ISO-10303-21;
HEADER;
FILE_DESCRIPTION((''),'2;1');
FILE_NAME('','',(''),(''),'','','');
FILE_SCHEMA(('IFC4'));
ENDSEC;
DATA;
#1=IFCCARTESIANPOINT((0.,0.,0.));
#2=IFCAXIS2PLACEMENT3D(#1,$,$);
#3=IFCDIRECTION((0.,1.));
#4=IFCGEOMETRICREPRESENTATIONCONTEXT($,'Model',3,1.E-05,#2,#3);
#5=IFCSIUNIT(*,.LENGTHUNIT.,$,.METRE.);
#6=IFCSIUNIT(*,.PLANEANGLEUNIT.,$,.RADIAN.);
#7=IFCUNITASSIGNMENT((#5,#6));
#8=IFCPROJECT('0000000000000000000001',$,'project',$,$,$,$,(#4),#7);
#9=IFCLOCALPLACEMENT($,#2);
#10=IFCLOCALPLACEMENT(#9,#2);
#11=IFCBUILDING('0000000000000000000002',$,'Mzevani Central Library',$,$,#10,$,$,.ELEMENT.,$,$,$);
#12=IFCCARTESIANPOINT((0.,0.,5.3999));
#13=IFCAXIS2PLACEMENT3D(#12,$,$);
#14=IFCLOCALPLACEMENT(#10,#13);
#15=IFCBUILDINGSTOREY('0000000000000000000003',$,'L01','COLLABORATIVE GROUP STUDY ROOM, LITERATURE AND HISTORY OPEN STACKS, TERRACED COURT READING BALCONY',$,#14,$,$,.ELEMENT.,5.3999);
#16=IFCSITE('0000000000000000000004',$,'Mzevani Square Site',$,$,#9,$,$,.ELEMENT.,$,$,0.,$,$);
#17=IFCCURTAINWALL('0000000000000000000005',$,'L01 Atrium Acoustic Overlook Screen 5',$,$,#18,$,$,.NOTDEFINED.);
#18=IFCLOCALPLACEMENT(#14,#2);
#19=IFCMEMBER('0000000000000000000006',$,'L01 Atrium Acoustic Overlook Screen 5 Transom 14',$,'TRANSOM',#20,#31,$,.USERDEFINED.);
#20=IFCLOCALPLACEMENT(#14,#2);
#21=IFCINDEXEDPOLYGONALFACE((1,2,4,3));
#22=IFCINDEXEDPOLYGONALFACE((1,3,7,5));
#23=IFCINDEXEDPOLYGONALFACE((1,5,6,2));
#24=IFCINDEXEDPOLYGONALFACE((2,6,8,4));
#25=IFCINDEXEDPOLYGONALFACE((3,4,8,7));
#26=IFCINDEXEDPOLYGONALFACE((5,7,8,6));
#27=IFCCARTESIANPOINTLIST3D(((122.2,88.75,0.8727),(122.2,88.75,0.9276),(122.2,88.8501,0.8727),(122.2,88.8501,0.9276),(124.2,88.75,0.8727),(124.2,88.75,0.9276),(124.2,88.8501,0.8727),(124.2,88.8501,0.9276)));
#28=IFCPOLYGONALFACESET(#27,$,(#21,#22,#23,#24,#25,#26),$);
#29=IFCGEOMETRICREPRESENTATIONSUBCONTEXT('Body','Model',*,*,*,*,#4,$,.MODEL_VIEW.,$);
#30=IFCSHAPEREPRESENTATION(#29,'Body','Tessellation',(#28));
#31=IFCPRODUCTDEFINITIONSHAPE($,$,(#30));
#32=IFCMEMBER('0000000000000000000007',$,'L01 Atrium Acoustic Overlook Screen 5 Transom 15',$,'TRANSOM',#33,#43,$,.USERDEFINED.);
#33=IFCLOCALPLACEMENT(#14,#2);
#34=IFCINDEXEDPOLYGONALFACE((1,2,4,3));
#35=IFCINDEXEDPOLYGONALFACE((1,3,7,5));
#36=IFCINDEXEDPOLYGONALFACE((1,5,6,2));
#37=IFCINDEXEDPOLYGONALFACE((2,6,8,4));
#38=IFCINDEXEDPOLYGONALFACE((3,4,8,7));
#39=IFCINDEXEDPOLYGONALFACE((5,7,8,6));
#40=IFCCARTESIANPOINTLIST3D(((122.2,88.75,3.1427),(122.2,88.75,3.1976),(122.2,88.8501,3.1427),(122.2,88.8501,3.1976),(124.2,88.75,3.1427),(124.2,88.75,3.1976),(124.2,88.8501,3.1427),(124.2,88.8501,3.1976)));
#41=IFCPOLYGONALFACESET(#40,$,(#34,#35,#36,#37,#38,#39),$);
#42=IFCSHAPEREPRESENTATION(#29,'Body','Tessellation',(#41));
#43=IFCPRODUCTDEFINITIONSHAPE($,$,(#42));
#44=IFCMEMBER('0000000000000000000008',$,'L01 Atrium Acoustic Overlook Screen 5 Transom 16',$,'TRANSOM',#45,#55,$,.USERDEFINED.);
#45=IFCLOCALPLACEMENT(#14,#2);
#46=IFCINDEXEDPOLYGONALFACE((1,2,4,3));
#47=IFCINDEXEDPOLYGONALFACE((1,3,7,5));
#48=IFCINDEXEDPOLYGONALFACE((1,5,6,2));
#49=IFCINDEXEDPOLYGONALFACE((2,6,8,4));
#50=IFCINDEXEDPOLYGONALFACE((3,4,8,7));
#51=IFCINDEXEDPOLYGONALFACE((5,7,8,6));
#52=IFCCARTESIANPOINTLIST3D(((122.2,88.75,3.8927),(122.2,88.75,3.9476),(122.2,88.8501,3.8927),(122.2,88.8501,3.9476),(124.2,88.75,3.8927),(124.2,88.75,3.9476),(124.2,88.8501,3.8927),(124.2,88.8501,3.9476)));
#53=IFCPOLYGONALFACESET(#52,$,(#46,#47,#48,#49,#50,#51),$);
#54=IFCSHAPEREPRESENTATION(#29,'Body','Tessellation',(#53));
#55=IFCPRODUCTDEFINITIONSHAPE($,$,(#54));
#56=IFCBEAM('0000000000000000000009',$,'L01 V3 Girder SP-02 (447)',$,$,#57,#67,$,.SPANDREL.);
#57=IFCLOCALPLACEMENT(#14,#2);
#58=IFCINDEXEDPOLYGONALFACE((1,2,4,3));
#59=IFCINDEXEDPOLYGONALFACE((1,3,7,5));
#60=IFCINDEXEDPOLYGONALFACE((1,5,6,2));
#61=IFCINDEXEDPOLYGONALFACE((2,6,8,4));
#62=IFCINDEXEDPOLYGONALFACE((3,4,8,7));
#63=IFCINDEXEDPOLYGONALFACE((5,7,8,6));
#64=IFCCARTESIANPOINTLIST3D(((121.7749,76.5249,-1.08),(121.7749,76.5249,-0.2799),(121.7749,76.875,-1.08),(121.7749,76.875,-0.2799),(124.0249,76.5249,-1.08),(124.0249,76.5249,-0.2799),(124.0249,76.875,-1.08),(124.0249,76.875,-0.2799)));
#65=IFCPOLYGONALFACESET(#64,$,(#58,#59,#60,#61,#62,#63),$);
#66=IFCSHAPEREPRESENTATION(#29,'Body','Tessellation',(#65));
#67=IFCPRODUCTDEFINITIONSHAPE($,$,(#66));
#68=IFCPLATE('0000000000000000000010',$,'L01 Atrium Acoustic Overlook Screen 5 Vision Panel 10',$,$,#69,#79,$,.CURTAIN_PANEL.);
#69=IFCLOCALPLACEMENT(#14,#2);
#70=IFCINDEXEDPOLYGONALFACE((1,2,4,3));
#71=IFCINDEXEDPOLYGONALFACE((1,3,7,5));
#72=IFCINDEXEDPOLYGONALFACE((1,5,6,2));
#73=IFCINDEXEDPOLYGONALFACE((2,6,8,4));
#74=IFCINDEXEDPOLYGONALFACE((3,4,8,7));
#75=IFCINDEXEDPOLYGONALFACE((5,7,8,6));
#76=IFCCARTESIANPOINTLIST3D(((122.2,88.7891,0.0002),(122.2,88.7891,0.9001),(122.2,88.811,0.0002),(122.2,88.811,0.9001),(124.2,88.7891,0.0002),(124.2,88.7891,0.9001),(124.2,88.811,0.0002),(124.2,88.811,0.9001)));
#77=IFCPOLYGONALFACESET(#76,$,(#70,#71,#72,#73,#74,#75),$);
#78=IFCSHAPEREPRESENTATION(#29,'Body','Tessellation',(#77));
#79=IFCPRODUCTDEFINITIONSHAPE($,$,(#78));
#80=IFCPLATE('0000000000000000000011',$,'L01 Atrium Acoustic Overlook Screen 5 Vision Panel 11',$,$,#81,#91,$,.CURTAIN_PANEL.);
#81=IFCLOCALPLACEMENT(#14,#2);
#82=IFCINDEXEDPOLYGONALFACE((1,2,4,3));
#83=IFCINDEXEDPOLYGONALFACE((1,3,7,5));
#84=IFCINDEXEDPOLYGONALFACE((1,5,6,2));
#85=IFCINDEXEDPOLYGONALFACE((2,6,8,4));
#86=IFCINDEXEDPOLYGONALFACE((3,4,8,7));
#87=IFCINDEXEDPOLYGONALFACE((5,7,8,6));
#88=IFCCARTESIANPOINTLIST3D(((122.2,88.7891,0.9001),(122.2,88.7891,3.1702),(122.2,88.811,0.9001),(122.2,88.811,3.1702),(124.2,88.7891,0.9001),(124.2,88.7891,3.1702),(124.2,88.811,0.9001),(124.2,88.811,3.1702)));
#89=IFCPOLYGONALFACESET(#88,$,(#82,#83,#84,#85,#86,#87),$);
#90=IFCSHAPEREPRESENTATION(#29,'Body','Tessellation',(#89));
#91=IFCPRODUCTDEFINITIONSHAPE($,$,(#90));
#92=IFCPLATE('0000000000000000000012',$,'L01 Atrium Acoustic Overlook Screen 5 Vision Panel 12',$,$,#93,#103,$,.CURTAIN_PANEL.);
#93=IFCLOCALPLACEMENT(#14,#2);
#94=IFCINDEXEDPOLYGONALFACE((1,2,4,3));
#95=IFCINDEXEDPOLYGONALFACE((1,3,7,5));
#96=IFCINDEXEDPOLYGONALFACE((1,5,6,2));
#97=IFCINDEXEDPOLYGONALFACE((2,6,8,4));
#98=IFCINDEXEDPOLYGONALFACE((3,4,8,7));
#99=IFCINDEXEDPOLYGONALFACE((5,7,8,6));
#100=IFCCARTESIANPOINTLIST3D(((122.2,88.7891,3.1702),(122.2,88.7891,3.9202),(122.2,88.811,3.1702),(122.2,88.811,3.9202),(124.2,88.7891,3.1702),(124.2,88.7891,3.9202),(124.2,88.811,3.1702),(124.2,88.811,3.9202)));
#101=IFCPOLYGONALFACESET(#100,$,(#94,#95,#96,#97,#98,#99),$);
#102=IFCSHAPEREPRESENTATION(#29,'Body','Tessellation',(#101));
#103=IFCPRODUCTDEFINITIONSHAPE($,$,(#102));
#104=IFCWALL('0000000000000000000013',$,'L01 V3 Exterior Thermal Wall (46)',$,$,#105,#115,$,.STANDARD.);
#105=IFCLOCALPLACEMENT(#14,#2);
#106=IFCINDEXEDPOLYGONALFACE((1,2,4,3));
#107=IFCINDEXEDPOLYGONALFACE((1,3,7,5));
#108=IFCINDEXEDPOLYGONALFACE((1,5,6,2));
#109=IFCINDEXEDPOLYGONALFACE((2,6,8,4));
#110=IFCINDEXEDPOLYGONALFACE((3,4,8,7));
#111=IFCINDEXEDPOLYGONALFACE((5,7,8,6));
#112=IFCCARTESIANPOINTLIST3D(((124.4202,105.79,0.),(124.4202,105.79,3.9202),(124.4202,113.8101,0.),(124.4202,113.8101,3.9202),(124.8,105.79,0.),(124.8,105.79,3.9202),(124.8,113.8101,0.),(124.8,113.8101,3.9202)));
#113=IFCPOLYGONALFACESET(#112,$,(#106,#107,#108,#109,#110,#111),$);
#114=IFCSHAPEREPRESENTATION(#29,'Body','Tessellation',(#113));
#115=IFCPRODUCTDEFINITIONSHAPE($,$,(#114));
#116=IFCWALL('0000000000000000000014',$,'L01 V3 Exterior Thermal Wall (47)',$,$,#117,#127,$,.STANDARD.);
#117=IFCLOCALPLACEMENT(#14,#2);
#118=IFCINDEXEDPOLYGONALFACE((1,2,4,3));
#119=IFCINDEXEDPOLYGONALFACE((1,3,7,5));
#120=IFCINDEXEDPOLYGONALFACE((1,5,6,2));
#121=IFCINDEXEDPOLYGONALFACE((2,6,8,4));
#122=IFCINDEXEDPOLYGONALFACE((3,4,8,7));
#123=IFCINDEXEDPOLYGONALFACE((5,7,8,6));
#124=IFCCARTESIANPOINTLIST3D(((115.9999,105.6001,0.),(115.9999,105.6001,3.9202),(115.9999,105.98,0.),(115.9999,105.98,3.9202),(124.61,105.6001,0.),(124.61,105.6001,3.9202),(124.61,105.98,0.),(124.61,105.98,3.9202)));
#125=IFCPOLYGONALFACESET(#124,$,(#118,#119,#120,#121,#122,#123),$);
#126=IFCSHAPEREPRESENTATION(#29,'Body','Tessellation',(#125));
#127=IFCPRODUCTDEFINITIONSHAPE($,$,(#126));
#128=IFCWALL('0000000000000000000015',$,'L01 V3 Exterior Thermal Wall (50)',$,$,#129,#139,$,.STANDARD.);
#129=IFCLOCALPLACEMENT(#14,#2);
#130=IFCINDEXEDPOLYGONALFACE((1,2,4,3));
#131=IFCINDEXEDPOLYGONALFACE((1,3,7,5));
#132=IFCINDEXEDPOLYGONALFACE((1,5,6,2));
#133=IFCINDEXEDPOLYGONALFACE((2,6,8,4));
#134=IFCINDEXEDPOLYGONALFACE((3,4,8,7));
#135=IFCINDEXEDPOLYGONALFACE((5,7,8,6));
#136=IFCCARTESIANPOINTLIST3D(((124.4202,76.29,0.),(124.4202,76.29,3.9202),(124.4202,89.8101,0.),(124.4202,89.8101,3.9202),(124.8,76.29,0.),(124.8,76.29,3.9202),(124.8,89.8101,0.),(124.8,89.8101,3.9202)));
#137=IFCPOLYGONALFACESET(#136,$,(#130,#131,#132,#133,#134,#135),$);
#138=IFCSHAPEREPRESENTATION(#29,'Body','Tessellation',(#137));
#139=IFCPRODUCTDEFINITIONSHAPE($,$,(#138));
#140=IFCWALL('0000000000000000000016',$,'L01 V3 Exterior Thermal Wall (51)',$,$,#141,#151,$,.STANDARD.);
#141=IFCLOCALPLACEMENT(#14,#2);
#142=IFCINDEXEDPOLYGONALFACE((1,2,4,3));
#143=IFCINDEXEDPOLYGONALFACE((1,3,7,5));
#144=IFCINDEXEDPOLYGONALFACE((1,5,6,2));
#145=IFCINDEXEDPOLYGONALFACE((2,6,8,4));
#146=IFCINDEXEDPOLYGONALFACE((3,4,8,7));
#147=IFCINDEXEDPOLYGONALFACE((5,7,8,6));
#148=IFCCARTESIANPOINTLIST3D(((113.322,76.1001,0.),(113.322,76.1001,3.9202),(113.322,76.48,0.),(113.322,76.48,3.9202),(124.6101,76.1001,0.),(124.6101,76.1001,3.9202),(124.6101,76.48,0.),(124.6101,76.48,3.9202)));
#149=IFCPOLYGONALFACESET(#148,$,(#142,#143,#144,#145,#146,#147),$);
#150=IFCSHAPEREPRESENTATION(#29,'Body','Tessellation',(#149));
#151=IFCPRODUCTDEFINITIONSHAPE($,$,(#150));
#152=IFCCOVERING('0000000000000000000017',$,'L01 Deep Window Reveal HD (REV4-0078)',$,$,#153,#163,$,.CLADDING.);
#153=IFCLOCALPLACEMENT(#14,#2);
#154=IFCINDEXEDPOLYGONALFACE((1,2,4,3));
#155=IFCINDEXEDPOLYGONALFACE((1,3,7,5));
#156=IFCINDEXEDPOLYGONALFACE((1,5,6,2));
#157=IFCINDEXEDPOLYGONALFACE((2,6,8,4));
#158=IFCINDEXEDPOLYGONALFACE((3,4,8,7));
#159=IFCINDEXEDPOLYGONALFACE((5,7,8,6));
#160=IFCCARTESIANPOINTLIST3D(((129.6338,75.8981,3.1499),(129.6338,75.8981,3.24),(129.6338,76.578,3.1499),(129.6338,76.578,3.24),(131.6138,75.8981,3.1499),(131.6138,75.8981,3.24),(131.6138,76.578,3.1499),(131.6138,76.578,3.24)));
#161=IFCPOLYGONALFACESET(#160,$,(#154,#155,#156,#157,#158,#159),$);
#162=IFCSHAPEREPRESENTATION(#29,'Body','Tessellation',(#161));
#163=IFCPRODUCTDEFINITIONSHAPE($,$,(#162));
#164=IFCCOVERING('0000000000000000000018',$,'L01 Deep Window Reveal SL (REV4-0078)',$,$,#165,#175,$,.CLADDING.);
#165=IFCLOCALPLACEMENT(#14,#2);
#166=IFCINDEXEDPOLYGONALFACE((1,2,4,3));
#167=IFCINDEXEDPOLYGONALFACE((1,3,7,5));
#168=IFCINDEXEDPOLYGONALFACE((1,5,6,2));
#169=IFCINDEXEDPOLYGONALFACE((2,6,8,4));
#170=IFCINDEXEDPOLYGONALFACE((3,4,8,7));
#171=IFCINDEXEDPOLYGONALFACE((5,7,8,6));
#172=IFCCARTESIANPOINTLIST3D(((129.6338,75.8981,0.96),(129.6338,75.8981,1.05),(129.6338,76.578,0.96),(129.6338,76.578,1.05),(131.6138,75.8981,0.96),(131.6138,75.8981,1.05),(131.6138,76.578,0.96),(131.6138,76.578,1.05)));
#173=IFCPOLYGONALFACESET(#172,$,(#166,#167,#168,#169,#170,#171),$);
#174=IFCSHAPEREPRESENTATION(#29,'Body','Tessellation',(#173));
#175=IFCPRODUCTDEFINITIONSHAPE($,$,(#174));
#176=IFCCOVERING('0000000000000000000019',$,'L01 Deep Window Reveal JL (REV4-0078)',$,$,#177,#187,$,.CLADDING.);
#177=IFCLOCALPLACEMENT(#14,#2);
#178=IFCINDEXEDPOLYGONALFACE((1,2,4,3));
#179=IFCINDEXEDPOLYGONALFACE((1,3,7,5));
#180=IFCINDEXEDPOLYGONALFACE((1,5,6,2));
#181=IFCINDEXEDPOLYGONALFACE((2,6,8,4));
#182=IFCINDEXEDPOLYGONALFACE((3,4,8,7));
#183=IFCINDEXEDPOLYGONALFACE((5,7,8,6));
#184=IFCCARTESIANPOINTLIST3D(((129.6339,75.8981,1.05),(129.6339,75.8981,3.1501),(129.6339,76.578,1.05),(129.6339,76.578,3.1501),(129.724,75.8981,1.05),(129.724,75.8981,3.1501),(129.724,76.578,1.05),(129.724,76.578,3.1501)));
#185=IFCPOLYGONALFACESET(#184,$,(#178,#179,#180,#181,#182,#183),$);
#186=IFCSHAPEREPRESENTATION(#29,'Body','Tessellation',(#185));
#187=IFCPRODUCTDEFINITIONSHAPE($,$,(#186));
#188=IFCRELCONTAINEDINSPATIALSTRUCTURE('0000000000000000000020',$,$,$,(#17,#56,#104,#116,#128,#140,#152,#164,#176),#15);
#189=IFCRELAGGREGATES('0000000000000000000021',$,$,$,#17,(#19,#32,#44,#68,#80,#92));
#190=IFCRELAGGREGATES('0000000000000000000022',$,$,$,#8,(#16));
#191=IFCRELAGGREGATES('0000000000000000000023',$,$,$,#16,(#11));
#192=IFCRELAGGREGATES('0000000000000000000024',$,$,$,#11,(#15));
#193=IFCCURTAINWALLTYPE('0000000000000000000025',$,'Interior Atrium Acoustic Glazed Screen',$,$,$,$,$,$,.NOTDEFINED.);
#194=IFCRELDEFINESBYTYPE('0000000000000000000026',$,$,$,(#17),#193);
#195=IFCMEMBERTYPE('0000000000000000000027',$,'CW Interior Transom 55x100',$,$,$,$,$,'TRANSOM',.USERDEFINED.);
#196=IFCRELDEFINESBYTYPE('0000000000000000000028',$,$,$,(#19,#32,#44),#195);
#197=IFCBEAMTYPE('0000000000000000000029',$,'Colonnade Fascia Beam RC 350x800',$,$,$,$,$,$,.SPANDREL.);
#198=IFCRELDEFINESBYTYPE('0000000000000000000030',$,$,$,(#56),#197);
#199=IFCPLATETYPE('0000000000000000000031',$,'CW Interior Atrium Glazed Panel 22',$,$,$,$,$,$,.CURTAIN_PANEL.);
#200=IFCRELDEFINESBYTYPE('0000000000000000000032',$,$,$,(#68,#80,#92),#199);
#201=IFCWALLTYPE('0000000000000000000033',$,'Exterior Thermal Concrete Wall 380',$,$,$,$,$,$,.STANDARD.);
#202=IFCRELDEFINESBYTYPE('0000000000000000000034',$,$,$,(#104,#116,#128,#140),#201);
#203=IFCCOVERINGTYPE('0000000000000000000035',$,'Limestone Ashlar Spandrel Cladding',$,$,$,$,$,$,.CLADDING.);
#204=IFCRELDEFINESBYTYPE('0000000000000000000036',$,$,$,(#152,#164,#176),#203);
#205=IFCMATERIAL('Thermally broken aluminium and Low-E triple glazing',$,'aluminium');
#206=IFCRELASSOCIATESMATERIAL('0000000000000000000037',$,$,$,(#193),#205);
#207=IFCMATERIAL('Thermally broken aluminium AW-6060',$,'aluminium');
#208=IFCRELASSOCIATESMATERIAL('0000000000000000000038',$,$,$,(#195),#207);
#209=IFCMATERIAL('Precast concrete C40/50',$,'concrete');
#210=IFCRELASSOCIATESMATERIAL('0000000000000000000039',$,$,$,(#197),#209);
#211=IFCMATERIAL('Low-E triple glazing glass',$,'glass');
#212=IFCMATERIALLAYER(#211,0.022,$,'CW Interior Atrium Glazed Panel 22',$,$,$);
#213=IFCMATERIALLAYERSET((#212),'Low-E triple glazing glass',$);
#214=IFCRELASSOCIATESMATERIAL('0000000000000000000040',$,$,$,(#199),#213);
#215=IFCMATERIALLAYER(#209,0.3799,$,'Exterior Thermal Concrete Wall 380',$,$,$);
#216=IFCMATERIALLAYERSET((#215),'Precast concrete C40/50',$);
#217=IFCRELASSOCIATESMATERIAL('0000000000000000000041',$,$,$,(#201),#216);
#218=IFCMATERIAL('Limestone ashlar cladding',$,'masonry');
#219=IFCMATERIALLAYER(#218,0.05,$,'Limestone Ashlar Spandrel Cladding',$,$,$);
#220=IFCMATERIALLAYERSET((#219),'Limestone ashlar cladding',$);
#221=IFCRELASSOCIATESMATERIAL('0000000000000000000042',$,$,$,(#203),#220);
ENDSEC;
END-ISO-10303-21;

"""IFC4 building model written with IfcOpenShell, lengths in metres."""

from ifc_helpers import new_model, si_unit, direction, frame, frame_2d, origin, origin_2d, place, context, subcontext, project, spatial, rectangle, extrude, material, layer, layer_set, material_profile, profile_set, type_object, element, aggregate, save


model = new_model("IFC4")

# Units and contexts
model_context = context("Model", 3, precision=1e-05, world=origin(), true_north=direction((0.0, 1.0)))
body_context = subcontext(model_context, "Body", "Model", "MODEL_VIEW")
ifc_project = project(units=[si_unit("LENGTHUNIT", "METRE"), si_unit("PLANEANGLEUNIT", "RADIAN")], contexts=[model_context])

# Site, building, storey
site_placement = place(None, origin())
site = spatial("IfcSite", under=ifc_project, at=site_placement, Name="Mzevani Square Site", CompositionType="ELEMENT", RefElevation=0.0)
building_placement = place(site_placement, origin())
building = spatial("IfcBuilding", under=site, at=building_placement, Name="Mzevani Central Library", CompositionType="ELEMENT")
storey_placement = place(building_placement, frame((0.0, 0.0, 5.3999)))
storey = spatial("IfcBuildingStorey", under=building, at=storey_placement, Name="L01", Description="COLLABORATIVE GROUP STUDY ROOM, LITERATURE AND HISTORY OPEN STACKS, TERRACED COURT READING BALCONY", CompositionType="ELEMENT", Elevation=5.3999)

# Curtain wall, members
ifc_material_1 = material(Name="Thermally broken aluminium and Low-E triple glazing", Category="aluminium")
curtain_wall_type = type_object("IfcCurtainWallType", Name="Interior Atrium Acoustic Glazed Screen", PredefinedType="NOTDEFINED", material=ifc_material_1)
curtain_wall_placement = place(storey_placement, origin())
curtain_wall = element("IfcCurtainWall", 1, at=curtain_wall_placement, inside=storey, type_object=curtain_wall_type, Name="L01 Atrium Acoustic Overlook Screen 5", PredefinedType="NOTDEFINED")
ifc_material_2 = material(Name="Thermally broken aluminium AW-6060", Category="aluminium")
ifc_material_profile_1 = material_profile(ifc_material_2, rectangle(XDim=0.1001, YDim=0.0549, at=origin_2d()), Name="ALU T55x100")
ifc_profile_set_1 = profile_set([ifc_material_profile_1], Name="Thermally broken aluminium AW-6060")
member_type_1 = type_object("IfcMemberType", Name="CW Interior Transom 55x100", ElementType="TRANSOM", PredefinedType="USERDEFINED", material=ifc_profile_set_1)
member_1_placement = place(storey_placement, frame((122.2, 88.8, 0.9001), z_axis=(1.0, 0.0, 0.0), x_axis=(0.0, 1.0, 0.0)))
member_1 = element("IfcMember", 2, at=member_1_placement, type_object=member_type_1, Name="L01 Atrium Acoustic Overlook Screen 5 Transom 14", ObjectType="TRANSOM", PredefinedType="USERDEFINED", context=body_context, shape_type="SweptSolid", body=[
    extrude(rectangle(XDim=0.1001, YDim=0.0549, at=origin_2d()), origin(), (0.0, 0.0, 1.0), 2.0),
])
member_2_placement = place(storey_placement, frame((122.2, 88.8, 3.1702), z_axis=(1.0, 0.0, 0.0), x_axis=(0.0, 1.0, 0.0)))
member_2 = element("IfcMember", 3, at=member_2_placement, type_object=member_type_1, Name="L01 Atrium Acoustic Overlook Screen 5 Transom 15", ObjectType="TRANSOM", PredefinedType="USERDEFINED", context=body_context, shape_type="SweptSolid", body=[
    extrude(rectangle(XDim=0.1001, YDim=0.0549, at=origin_2d()), origin(), (0.0, 0.0, 1.0), 2.0),
])
member_3_placement = place(storey_placement, frame((122.2, 88.8, 3.9202), z_axis=(1.0, 0.0, 0.0), x_axis=(0.0, 1.0, 0.0)))
member_3 = element("IfcMember", 4, at=member_3_placement, type_object=member_type_1, Name="L01 Atrium Acoustic Overlook Screen 5 Transom 16", ObjectType="TRANSOM", PredefinedType="USERDEFINED", context=body_context, shape_type="SweptSolid", body=[
    extrude(rectangle(XDim=0.1001, YDim=0.0549, at=origin_2d()), origin(), (0.0, 0.0, 1.0), 2.0),
])

# Beam
ifc_material_3 = material(Name="Precast concrete C40/50", Category="concrete")
ifc_material_profile_2 = material_profile(ifc_material_3, rectangle(XDim=0.3501, YDim=0.8, at=origin_2d()), Name="RC SP350x800")
ifc_profile_set_2 = profile_set([ifc_material_profile_2], Name="Precast concrete C40/50")
beam_type_1 = type_object("IfcBeamType", Name="Colonnade Fascia Beam RC 350x800", PredefinedType="SPANDREL", material=ifc_profile_set_2)
beam_1_placement = place(storey_placement, frame((121.7749, 76.7, -0.6799), z_axis=(1.0, 0.0, 0.0), x_axis=(0.0, 1.0, 0.0)))
element("IfcBeam", 5, at=beam_1_placement, inside=storey, type_object=beam_type_1, Name="L01 V3 Girder SP-02 (447)", PredefinedType="SPANDREL", context=body_context, shape_type="SweptSolid", body=[
    extrude(rectangle(XDim=0.3501, YDim=0.8, at=origin_2d()), origin(), (0.0, 0.0, 1.0), 2.25),
])

# Plates
ifc_material_4 = material(Name="Low-E triple glazing glass", Category="glass")
ifc_layer_1 = layer(ifc_material_4, 0.022, Name="CW Interior Atrium Glazed Panel 22")
ifc_layer_set_1 = layer_set([ifc_layer_1], Name="Low-E triple glazing glass")
plate_type = type_object("IfcPlateType", Name="CW Interior Atrium Glazed Panel 22", PredefinedType="CURTAIN_PANEL", material=ifc_layer_set_1)
plate_1_placement = place(storey_placement, frame((123.2, 88.8, 0.0002), z_axis=(0.0, 0.0, 1.0), x_axis=(1.0, 0.0, 0.0)))
plate_1 = element("IfcPlate", 6, at=plate_1_placement, type_object=plate_type, Name="L01 Atrium Acoustic Overlook Screen 5 Vision Panel 10", PredefinedType="CURTAIN_PANEL", context=body_context, shape_type="SweptSolid", body=[
    extrude(rectangle(XDim=2.0, YDim=0.022, at=origin_2d()), origin(), (0.0, 0.0, 1.0), 0.8999),
])
plate_2_placement = place(storey_placement, frame((123.2, 88.8, 0.9001), z_axis=(0.0, 0.0, 1.0), x_axis=(1.0, 0.0, 0.0)))
plate_2 = element("IfcPlate", 7, at=plate_2_placement, type_object=plate_type, Name="L01 Atrium Acoustic Overlook Screen 5 Vision Panel 11", PredefinedType="CURTAIN_PANEL", context=body_context, shape_type="SweptSolid", body=[
    extrude(rectangle(XDim=2.0, YDim=0.022, at=origin_2d()), origin(), (0.0, 0.0, 1.0), 2.27),
])
plate_3_placement = place(storey_placement, frame((123.2, 88.8, 3.1702), z_axis=(0.0, 0.0, 1.0), x_axis=(1.0, 0.0, 0.0)))
plate_3 = element("IfcPlate", 8, at=plate_3_placement, type_object=plate_type, Name="L01 Atrium Acoustic Overlook Screen 5 Vision Panel 12", PredefinedType="CURTAIN_PANEL", context=body_context, shape_type="SweptSolid", body=[
    extrude(rectangle(XDim=2.0, YDim=0.022, at=origin_2d()), origin(), (0.0, 0.0, 1.0), 0.75),
])
aggregate(curtain_wall, [member_1, member_2, member_3, plate_1, plate_2, plate_3])

# Walls
ifc_layer_2 = layer(ifc_material_3, 0.3799, Name="Exterior Thermal Concrete Wall 380")
ifc_layer_set_2 = layer_set([ifc_layer_2], Name="Precast concrete C40/50")
wall_type = type_object("IfcWallType", Name="Exterior Thermal Concrete Wall 380", PredefinedType="STANDARD", material=ifc_layer_set_2)
wall_1_placement = place(storey_placement, frame((124.6101, 113.8101, 0.0), z_axis=(0.0, 0.0, 1.0), x_axis=(0.0, -1.0, 0.0)))
element("IfcWall", 9, at=wall_1_placement, inside=storey, type_object=wall_type, Name="L01 V3 Exterior Thermal Wall (46)", PredefinedType="STANDARD", context=body_context, shape_type="SweptSolid", body=[
    extrude(rectangle(XDim=8.02, YDim=0.3799, at=frame_2d((4.01, 0.0))), origin(), (0.0, 0.0, 1.0), 3.9202),
])
wall_2_placement = place(storey_placement, frame((124.6101, 105.79, 0.0), z_axis=(0.0, 0.0, 1.0), x_axis=(-1.0, 0.0, 0.0)))
element("IfcWall", 10, at=wall_2_placement, inside=storey, type_object=wall_type, Name="L01 V3 Exterior Thermal Wall (47)", PredefinedType="STANDARD", context=body_context, shape_type="SweptSolid", body=[
    extrude(rectangle(XDim=8.6101, YDim=0.3799, at=frame_2d((4.3052, 0.0))), origin(), (0.0, 0.0, 1.0), 3.9202),
])
wall_3_placement = place(storey_placement, frame((124.6101, 89.8101, 0.0), z_axis=(0.0, 0.0, 1.0), x_axis=(0.0, -1.0, 0.0)))
element("IfcWall", 11, at=wall_3_placement, inside=storey, type_object=wall_type, Name="L01 V3 Exterior Thermal Wall (50)", PredefinedType="STANDARD", context=body_context, shape_type="SweptSolid", body=[
    extrude(rectangle(XDim=13.52, YDim=0.3799, at=frame_2d((6.76, 0.0))), origin(), (0.0, 0.0, 1.0), 3.9202),
])
wall_4_placement = place(storey_placement, frame((124.6101, 76.29, 0.0), z_axis=(0.0, 0.0, 1.0), x_axis=(-1.0, 0.0, 0.0)))
element("IfcWall", 12, at=wall_4_placement, inside=storey, type_object=wall_type, Name="L01 V3 Exterior Thermal Wall (51)", PredefinedType="STANDARD", context=body_context, shape_type="SweptSolid", body=[
    extrude(rectangle(XDim=11.2881, YDim=0.3799, at=frame_2d((5.644, 0.0))), origin(), (0.0, 0.0, 1.0), 3.9202),
])

# Coverings
ifc_material_5 = material(Name="Limestone ashlar cladding", Category="masonry")
ifc_layer_3 = layer(ifc_material_5, 0.05, Name="Limestone Ashlar Spandrel Cladding")
ifc_layer_set_3 = layer_set([ifc_layer_3], Name="Limestone ashlar cladding")
covering_type = type_object("IfcCoveringType", Name="Limestone Ashlar Spandrel Cladding", PredefinedType="CLADDING", material=ifc_layer_set_3)
for number, where, z_axis, x_axis, name in (
    (13, (130.6238, 76.238, 3.1499), (0.0, 0.0, 1.0), (1.0, 0.0, 0.0), "L01 Deep Window Reveal HD (REV4-0078)"),
    (14, (130.6238, 76.238, 0.96), (0.0, 0.0, 1.0), (1.0, 0.0, 0.0), "L01 Deep Window Reveal SL (REV4-0078)"),
):
    element("IfcCovering", number, at=place(storey_placement, frame(where, z_axis=z_axis, x_axis=x_axis)), inside=storey, type_object=covering_type, Name=name, PredefinedType="CLADDING", context=body_context, shape_type="SweptSolid", body=[
        extrude(rectangle(XDim=1.98, YDim=0.6799, at=origin_2d()), origin(), (0.0, 0.0, 1.0), 0.0901),
    ])
for number, where, z_axis, x_axis, name in (
    (15, (129.679, 76.238, 1.05), (0.0, 0.0, 1.0), (1.0, 0.0, 0.0), "L01 Deep Window Reveal JL (REV4-0078)"),
):
    element("IfcCovering", number, at=place(storey_placement, frame(where, z_axis=z_axis, x_axis=x_axis)), inside=storey, type_object=covering_type, Name=name, PredefinedType="CLADDING", context=body_context, shape_type="SweptSolid", body=[
        extrude(rectangle(XDim=0.0901, YDim=0.6799, at=origin_2d()), origin(), (0.0, 0.0, 1.0), 2.1001),
    ])

save(model, "model.ifc")
